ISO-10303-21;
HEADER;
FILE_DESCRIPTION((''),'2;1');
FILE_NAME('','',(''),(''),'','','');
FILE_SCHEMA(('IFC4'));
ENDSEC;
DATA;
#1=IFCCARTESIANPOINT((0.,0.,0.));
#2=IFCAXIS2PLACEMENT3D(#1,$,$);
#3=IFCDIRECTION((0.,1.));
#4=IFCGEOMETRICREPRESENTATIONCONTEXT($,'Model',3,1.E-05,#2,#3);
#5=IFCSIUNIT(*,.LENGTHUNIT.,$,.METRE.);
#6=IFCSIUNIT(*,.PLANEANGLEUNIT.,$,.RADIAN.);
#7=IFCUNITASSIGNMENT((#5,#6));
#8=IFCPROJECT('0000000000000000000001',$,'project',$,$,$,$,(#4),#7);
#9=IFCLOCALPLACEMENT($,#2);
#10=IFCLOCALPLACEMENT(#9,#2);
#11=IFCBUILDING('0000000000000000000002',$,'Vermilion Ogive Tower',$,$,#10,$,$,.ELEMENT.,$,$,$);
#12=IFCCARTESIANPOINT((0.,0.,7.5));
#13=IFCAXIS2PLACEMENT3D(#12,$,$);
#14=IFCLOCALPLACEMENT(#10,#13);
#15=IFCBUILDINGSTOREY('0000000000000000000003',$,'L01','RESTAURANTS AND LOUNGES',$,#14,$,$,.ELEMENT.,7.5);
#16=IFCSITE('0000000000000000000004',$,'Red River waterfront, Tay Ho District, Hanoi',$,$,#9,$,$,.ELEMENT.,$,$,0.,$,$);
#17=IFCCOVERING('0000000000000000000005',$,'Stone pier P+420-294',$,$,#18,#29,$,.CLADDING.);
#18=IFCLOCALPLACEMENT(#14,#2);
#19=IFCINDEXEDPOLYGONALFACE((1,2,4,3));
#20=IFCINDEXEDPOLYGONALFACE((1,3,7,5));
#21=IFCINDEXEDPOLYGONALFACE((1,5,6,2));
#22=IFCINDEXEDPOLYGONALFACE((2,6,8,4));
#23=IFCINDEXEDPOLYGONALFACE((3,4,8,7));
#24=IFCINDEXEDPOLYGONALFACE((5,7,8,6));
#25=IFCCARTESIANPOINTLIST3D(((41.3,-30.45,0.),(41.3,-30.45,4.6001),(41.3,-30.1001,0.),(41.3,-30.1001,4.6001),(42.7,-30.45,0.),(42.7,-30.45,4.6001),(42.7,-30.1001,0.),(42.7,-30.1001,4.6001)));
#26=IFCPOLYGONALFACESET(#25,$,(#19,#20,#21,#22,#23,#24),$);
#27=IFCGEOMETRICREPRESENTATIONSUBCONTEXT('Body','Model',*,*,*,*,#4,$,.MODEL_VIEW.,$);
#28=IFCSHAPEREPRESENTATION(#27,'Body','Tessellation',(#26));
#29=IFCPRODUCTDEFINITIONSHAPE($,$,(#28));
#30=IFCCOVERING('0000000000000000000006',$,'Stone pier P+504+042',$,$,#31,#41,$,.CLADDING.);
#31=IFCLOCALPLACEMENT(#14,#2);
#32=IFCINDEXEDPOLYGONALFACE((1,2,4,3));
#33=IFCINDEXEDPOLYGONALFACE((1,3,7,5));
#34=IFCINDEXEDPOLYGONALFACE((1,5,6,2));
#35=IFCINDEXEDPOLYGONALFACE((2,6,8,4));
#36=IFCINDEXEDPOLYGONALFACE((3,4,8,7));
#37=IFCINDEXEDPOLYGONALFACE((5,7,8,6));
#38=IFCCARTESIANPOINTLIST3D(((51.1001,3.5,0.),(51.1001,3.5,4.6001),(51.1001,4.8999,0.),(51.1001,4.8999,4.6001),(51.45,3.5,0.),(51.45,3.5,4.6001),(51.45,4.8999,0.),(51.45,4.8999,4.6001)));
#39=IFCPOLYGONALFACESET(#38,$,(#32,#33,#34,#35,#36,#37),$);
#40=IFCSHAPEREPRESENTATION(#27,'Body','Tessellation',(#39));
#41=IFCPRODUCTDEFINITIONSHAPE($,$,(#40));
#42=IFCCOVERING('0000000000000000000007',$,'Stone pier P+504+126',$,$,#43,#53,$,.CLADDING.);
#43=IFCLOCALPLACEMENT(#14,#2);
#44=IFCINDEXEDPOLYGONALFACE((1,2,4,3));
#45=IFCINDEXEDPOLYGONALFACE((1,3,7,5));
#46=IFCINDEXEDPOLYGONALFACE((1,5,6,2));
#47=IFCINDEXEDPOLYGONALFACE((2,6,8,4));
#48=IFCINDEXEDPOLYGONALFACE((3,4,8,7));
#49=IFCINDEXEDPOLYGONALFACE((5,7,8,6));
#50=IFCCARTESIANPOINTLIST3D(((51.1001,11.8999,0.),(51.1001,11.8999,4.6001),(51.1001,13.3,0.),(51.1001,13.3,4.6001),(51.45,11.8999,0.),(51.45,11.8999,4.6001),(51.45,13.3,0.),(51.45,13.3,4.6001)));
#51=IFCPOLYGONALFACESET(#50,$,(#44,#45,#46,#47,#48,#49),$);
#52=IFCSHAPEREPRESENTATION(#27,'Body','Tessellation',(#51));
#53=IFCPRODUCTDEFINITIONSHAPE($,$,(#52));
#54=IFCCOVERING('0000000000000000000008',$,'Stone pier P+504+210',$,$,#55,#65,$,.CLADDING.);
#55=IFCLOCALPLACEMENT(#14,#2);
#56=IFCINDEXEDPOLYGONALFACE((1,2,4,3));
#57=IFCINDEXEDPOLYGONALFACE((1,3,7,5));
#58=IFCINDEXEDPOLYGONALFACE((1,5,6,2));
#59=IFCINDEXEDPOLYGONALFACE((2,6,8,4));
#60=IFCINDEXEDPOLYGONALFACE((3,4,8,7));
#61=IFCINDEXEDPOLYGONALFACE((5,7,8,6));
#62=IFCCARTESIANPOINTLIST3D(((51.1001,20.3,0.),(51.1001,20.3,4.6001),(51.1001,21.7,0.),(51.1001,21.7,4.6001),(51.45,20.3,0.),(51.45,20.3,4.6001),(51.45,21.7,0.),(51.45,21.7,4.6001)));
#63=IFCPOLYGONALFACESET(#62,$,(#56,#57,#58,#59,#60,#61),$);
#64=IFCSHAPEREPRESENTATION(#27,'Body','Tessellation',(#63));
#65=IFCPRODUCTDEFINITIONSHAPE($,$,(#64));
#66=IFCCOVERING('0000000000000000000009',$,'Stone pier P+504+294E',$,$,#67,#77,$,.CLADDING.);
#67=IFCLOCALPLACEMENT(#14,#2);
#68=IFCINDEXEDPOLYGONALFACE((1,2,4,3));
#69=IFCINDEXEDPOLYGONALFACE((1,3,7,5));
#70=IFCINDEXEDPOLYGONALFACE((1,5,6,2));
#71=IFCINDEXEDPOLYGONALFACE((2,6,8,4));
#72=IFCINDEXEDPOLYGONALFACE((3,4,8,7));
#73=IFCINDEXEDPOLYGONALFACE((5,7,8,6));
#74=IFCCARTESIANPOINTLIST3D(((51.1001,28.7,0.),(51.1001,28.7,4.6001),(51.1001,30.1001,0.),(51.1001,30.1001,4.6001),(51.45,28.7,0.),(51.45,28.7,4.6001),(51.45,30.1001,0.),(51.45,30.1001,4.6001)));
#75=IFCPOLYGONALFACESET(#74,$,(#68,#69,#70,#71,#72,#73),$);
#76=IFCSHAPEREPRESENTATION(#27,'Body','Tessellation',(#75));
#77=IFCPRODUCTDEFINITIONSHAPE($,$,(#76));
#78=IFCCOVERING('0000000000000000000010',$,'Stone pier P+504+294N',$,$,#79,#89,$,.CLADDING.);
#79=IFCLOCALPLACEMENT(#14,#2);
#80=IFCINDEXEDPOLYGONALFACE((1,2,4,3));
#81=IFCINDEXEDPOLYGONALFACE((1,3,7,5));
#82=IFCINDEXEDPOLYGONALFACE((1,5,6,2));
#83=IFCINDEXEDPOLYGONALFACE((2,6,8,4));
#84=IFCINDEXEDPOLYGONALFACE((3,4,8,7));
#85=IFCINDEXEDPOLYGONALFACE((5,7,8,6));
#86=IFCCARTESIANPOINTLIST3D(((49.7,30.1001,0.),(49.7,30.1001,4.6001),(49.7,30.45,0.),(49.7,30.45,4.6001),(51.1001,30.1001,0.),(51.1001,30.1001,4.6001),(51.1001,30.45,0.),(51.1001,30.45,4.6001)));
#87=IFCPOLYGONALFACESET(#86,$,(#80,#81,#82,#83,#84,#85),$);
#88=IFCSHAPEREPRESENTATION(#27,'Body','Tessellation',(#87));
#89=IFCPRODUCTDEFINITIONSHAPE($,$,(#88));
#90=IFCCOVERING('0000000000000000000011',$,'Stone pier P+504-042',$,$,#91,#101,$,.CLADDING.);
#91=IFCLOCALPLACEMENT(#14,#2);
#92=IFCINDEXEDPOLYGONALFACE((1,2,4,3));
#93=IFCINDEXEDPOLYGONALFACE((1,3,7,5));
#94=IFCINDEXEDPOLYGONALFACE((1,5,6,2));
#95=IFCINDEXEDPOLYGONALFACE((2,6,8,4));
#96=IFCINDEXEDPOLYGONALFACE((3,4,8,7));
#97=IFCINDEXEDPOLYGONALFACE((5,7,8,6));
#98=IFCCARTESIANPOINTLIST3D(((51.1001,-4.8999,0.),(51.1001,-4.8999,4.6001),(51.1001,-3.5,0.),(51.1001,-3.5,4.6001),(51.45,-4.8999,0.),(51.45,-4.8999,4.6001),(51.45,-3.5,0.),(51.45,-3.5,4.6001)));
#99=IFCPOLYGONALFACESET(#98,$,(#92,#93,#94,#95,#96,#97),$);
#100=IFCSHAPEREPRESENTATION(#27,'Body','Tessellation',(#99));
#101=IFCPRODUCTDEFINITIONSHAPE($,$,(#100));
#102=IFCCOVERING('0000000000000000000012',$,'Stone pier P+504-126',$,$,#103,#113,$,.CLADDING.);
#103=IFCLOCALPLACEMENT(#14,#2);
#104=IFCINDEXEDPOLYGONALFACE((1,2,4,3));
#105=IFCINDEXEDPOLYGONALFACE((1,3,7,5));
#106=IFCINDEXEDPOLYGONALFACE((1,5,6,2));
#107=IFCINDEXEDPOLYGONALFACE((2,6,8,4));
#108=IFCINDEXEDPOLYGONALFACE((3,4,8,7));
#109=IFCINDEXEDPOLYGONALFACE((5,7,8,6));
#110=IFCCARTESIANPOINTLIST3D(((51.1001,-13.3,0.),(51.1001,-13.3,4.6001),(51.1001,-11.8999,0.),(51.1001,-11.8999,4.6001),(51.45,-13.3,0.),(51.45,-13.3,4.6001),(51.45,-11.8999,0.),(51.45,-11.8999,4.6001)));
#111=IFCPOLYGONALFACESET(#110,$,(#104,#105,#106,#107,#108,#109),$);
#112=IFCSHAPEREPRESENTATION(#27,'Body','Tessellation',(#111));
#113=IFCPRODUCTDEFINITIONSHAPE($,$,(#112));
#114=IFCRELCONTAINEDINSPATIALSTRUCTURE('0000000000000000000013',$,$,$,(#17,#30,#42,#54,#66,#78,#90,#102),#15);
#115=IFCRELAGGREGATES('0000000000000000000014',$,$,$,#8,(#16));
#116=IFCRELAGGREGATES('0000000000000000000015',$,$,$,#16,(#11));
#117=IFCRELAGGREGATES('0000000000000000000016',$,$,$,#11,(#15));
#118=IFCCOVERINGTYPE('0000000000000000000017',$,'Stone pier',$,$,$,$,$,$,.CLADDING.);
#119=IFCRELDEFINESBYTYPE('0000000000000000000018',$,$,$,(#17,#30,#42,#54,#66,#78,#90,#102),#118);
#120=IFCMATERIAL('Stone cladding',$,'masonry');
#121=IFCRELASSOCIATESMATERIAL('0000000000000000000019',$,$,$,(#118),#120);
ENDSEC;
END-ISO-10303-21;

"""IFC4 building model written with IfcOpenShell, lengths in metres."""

from ifc_helpers import new_model, si_unit, direction, frame, origin, place, context, subcontext, project, spatial, polyline, outline, extrude, material, type_object, element, save


model = new_model("IFC4")

# Units and contexts
model_context = context("Model", 3, precision=1e-05, world=origin(), true_north=direction((0.0, 1.0)))
body_context = subcontext(model_context, "Body", "Model", "MODEL_VIEW")
ifc_project = project(units=[si_unit("LENGTHUNIT", "METRE"), si_unit("PLANEANGLEUNIT", "RADIAN")], contexts=[model_context])

# Site, building, storey
site_placement = place(None, origin())
site = spatial("IfcSite", under=ifc_project, at=site_placement, Name="Red River waterfront, Tay Ho District, Hanoi", CompositionType="ELEMENT", RefElevation=0.0)
building_placement = place(site_placement, origin())
building = spatial("IfcBuilding", under=site, at=building_placement, Name="Vermilion Ogive Tower", CompositionType="ELEMENT")
storey_placement = place(building_placement, frame((0.0, 0.0, 7.5)))
storey = spatial("IfcBuildingStorey", under=building, at=storey_placement, Name="L01", Description="RESTAURANTS AND LOUNGES", CompositionType="ELEMENT", Elevation=7.5)

# Coverings
ifc_material_1 = material(Name="Stone cladding", Category="masonry")
covering_type = type_object("IfcCoveringType", Name="Stone pier", PredefinedType="CLADDING", material=ifc_material_1)
covering_1_placement = place(storey_placement, origin())
element("IfcCovering", 1, at=covering_1_placement, inside=storey, type_object=covering_type, Name="Stone pier P+420-294", PredefinedType="CLADDING", context=body_context, shape_type="SweptSolid", body=[
    extrude(outline(polyline([(42.7, -30.1001), (42.7, -30.45), (41.3, -30.45), (41.3, -30.1001), (41.3, -30.1001), (42.7, -30.1001)])), origin(), (0.0, 0.0, 1.0), 4.6001),
])
covering_2_placement = place(storey_placement, origin())
element("IfcCovering", 2, at=covering_2_placement, inside=storey, type_object=covering_type, Name="Stone pier P+504+042", PredefinedType="CLADDING", context=body_context, shape_type="SweptSolid", body=[
    extrude(outline(polyline([(51.1001, 4.8999), (51.45, 4.8999), (51.45, 3.5), (51.1001, 3.5), (51.1001, 4.8999), (51.1001, 4.8999)])), origin(), (0.0, 0.0, 1.0), 4.6001),
])
covering_3_placement = place(storey_placement, origin())
element("IfcCovering", 3, at=covering_3_placement, inside=storey, type_object=covering_type, Name="Stone pier P+504+126", PredefinedType="CLADDING", context=body_context, shape_type="SweptSolid", body=[
    extrude(outline(polyline([(51.1001, 13.3), (51.1001, 13.3), (51.45, 13.3), (51.45, 11.8999), (51.1001, 11.8999), (51.1001, 11.8999), (51.1001, 13.3)])), origin(), (0.0, 0.0, 1.0), 4.6001),
])
covering_4_placement = place(storey_placement, origin())
element("IfcCovering", 4, at=covering_4_placement, inside=storey, type_object=covering_type, Name="Stone pier P+504+210", PredefinedType="CLADDING", context=body_context, shape_type="SweptSolid", body=[
    extrude(outline(polyline([(51.1001, 21.7), (51.1001, 21.7), (51.45, 21.7), (51.45, 20.3), (51.1001, 20.3), (51.1001, 20.3), (51.1001, 21.7)])), origin(), (0.0, 0.0, 1.0), 4.6001),
])
covering_5_placement = place(storey_placement, origin())
element("IfcCovering", 5, at=covering_5_placement, inside=storey, type_object=covering_type, Name="Stone pier P+504+294E", PredefinedType="CLADDING", context=body_context, shape_type="SweptSolid", body=[
    extrude(outline(polyline([(51.1001, 30.1001), (51.1001, 30.1001), (51.45, 30.1001), (51.45, 28.7), (51.1001, 28.7), (51.1001, 28.7), (51.1001, 30.1001)])), origin(), (0.0, 0.0, 1.0), 4.6001),
])
covering_6_placement = place(storey_placement, origin())
element("IfcCovering", 6, at=covering_6_placement, inside=storey, type_object=covering_type, Name="Stone pier P+504+294N", PredefinedType="CLADDING", context=body_context, shape_type="SweptSolid", body=[
    extrude(outline(polyline([(51.1001, 30.45), (51.1001, 30.1001), (51.1001, 30.1001), (49.7, 30.1001), (49.7, 30.45), (51.1001, 30.45)])), origin(), (0.0, 0.0, 1.0), 4.6001),
])
covering_7_placement = place(storey_placement, origin())
element("IfcCovering", 7, at=covering_7_placement, inside=storey, type_object=covering_type, Name="Stone pier P+504-042", PredefinedType="CLADDING", context=body_context, shape_type="SweptSolid", body=[
    extrude(outline(polyline([(51.45, -3.5), (51.45, -4.8999), (51.1001, -4.8999), (51.1001, -3.5), (51.45, -3.5)])), origin(), (0.0, 0.0, 1.0), 4.6001),
])
covering_8_placement = place(storey_placement, origin())
element("IfcCovering", 8, at=covering_8_placement, inside=storey, type_object=covering_type, Name="Stone pier P+504-126", PredefinedType="CLADDING", context=body_context, shape_type="SweptSolid", body=[
    extrude(outline(polyline([(51.1001, -11.8999), (51.45, -11.8999), (51.45, -13.3), (51.1001, -13.3), (51.1001, -13.3), (51.1001, -11.8999)])), origin(), (0.0, 0.0, 1.0), 4.6001),
])

save(model, "model.ifc")
